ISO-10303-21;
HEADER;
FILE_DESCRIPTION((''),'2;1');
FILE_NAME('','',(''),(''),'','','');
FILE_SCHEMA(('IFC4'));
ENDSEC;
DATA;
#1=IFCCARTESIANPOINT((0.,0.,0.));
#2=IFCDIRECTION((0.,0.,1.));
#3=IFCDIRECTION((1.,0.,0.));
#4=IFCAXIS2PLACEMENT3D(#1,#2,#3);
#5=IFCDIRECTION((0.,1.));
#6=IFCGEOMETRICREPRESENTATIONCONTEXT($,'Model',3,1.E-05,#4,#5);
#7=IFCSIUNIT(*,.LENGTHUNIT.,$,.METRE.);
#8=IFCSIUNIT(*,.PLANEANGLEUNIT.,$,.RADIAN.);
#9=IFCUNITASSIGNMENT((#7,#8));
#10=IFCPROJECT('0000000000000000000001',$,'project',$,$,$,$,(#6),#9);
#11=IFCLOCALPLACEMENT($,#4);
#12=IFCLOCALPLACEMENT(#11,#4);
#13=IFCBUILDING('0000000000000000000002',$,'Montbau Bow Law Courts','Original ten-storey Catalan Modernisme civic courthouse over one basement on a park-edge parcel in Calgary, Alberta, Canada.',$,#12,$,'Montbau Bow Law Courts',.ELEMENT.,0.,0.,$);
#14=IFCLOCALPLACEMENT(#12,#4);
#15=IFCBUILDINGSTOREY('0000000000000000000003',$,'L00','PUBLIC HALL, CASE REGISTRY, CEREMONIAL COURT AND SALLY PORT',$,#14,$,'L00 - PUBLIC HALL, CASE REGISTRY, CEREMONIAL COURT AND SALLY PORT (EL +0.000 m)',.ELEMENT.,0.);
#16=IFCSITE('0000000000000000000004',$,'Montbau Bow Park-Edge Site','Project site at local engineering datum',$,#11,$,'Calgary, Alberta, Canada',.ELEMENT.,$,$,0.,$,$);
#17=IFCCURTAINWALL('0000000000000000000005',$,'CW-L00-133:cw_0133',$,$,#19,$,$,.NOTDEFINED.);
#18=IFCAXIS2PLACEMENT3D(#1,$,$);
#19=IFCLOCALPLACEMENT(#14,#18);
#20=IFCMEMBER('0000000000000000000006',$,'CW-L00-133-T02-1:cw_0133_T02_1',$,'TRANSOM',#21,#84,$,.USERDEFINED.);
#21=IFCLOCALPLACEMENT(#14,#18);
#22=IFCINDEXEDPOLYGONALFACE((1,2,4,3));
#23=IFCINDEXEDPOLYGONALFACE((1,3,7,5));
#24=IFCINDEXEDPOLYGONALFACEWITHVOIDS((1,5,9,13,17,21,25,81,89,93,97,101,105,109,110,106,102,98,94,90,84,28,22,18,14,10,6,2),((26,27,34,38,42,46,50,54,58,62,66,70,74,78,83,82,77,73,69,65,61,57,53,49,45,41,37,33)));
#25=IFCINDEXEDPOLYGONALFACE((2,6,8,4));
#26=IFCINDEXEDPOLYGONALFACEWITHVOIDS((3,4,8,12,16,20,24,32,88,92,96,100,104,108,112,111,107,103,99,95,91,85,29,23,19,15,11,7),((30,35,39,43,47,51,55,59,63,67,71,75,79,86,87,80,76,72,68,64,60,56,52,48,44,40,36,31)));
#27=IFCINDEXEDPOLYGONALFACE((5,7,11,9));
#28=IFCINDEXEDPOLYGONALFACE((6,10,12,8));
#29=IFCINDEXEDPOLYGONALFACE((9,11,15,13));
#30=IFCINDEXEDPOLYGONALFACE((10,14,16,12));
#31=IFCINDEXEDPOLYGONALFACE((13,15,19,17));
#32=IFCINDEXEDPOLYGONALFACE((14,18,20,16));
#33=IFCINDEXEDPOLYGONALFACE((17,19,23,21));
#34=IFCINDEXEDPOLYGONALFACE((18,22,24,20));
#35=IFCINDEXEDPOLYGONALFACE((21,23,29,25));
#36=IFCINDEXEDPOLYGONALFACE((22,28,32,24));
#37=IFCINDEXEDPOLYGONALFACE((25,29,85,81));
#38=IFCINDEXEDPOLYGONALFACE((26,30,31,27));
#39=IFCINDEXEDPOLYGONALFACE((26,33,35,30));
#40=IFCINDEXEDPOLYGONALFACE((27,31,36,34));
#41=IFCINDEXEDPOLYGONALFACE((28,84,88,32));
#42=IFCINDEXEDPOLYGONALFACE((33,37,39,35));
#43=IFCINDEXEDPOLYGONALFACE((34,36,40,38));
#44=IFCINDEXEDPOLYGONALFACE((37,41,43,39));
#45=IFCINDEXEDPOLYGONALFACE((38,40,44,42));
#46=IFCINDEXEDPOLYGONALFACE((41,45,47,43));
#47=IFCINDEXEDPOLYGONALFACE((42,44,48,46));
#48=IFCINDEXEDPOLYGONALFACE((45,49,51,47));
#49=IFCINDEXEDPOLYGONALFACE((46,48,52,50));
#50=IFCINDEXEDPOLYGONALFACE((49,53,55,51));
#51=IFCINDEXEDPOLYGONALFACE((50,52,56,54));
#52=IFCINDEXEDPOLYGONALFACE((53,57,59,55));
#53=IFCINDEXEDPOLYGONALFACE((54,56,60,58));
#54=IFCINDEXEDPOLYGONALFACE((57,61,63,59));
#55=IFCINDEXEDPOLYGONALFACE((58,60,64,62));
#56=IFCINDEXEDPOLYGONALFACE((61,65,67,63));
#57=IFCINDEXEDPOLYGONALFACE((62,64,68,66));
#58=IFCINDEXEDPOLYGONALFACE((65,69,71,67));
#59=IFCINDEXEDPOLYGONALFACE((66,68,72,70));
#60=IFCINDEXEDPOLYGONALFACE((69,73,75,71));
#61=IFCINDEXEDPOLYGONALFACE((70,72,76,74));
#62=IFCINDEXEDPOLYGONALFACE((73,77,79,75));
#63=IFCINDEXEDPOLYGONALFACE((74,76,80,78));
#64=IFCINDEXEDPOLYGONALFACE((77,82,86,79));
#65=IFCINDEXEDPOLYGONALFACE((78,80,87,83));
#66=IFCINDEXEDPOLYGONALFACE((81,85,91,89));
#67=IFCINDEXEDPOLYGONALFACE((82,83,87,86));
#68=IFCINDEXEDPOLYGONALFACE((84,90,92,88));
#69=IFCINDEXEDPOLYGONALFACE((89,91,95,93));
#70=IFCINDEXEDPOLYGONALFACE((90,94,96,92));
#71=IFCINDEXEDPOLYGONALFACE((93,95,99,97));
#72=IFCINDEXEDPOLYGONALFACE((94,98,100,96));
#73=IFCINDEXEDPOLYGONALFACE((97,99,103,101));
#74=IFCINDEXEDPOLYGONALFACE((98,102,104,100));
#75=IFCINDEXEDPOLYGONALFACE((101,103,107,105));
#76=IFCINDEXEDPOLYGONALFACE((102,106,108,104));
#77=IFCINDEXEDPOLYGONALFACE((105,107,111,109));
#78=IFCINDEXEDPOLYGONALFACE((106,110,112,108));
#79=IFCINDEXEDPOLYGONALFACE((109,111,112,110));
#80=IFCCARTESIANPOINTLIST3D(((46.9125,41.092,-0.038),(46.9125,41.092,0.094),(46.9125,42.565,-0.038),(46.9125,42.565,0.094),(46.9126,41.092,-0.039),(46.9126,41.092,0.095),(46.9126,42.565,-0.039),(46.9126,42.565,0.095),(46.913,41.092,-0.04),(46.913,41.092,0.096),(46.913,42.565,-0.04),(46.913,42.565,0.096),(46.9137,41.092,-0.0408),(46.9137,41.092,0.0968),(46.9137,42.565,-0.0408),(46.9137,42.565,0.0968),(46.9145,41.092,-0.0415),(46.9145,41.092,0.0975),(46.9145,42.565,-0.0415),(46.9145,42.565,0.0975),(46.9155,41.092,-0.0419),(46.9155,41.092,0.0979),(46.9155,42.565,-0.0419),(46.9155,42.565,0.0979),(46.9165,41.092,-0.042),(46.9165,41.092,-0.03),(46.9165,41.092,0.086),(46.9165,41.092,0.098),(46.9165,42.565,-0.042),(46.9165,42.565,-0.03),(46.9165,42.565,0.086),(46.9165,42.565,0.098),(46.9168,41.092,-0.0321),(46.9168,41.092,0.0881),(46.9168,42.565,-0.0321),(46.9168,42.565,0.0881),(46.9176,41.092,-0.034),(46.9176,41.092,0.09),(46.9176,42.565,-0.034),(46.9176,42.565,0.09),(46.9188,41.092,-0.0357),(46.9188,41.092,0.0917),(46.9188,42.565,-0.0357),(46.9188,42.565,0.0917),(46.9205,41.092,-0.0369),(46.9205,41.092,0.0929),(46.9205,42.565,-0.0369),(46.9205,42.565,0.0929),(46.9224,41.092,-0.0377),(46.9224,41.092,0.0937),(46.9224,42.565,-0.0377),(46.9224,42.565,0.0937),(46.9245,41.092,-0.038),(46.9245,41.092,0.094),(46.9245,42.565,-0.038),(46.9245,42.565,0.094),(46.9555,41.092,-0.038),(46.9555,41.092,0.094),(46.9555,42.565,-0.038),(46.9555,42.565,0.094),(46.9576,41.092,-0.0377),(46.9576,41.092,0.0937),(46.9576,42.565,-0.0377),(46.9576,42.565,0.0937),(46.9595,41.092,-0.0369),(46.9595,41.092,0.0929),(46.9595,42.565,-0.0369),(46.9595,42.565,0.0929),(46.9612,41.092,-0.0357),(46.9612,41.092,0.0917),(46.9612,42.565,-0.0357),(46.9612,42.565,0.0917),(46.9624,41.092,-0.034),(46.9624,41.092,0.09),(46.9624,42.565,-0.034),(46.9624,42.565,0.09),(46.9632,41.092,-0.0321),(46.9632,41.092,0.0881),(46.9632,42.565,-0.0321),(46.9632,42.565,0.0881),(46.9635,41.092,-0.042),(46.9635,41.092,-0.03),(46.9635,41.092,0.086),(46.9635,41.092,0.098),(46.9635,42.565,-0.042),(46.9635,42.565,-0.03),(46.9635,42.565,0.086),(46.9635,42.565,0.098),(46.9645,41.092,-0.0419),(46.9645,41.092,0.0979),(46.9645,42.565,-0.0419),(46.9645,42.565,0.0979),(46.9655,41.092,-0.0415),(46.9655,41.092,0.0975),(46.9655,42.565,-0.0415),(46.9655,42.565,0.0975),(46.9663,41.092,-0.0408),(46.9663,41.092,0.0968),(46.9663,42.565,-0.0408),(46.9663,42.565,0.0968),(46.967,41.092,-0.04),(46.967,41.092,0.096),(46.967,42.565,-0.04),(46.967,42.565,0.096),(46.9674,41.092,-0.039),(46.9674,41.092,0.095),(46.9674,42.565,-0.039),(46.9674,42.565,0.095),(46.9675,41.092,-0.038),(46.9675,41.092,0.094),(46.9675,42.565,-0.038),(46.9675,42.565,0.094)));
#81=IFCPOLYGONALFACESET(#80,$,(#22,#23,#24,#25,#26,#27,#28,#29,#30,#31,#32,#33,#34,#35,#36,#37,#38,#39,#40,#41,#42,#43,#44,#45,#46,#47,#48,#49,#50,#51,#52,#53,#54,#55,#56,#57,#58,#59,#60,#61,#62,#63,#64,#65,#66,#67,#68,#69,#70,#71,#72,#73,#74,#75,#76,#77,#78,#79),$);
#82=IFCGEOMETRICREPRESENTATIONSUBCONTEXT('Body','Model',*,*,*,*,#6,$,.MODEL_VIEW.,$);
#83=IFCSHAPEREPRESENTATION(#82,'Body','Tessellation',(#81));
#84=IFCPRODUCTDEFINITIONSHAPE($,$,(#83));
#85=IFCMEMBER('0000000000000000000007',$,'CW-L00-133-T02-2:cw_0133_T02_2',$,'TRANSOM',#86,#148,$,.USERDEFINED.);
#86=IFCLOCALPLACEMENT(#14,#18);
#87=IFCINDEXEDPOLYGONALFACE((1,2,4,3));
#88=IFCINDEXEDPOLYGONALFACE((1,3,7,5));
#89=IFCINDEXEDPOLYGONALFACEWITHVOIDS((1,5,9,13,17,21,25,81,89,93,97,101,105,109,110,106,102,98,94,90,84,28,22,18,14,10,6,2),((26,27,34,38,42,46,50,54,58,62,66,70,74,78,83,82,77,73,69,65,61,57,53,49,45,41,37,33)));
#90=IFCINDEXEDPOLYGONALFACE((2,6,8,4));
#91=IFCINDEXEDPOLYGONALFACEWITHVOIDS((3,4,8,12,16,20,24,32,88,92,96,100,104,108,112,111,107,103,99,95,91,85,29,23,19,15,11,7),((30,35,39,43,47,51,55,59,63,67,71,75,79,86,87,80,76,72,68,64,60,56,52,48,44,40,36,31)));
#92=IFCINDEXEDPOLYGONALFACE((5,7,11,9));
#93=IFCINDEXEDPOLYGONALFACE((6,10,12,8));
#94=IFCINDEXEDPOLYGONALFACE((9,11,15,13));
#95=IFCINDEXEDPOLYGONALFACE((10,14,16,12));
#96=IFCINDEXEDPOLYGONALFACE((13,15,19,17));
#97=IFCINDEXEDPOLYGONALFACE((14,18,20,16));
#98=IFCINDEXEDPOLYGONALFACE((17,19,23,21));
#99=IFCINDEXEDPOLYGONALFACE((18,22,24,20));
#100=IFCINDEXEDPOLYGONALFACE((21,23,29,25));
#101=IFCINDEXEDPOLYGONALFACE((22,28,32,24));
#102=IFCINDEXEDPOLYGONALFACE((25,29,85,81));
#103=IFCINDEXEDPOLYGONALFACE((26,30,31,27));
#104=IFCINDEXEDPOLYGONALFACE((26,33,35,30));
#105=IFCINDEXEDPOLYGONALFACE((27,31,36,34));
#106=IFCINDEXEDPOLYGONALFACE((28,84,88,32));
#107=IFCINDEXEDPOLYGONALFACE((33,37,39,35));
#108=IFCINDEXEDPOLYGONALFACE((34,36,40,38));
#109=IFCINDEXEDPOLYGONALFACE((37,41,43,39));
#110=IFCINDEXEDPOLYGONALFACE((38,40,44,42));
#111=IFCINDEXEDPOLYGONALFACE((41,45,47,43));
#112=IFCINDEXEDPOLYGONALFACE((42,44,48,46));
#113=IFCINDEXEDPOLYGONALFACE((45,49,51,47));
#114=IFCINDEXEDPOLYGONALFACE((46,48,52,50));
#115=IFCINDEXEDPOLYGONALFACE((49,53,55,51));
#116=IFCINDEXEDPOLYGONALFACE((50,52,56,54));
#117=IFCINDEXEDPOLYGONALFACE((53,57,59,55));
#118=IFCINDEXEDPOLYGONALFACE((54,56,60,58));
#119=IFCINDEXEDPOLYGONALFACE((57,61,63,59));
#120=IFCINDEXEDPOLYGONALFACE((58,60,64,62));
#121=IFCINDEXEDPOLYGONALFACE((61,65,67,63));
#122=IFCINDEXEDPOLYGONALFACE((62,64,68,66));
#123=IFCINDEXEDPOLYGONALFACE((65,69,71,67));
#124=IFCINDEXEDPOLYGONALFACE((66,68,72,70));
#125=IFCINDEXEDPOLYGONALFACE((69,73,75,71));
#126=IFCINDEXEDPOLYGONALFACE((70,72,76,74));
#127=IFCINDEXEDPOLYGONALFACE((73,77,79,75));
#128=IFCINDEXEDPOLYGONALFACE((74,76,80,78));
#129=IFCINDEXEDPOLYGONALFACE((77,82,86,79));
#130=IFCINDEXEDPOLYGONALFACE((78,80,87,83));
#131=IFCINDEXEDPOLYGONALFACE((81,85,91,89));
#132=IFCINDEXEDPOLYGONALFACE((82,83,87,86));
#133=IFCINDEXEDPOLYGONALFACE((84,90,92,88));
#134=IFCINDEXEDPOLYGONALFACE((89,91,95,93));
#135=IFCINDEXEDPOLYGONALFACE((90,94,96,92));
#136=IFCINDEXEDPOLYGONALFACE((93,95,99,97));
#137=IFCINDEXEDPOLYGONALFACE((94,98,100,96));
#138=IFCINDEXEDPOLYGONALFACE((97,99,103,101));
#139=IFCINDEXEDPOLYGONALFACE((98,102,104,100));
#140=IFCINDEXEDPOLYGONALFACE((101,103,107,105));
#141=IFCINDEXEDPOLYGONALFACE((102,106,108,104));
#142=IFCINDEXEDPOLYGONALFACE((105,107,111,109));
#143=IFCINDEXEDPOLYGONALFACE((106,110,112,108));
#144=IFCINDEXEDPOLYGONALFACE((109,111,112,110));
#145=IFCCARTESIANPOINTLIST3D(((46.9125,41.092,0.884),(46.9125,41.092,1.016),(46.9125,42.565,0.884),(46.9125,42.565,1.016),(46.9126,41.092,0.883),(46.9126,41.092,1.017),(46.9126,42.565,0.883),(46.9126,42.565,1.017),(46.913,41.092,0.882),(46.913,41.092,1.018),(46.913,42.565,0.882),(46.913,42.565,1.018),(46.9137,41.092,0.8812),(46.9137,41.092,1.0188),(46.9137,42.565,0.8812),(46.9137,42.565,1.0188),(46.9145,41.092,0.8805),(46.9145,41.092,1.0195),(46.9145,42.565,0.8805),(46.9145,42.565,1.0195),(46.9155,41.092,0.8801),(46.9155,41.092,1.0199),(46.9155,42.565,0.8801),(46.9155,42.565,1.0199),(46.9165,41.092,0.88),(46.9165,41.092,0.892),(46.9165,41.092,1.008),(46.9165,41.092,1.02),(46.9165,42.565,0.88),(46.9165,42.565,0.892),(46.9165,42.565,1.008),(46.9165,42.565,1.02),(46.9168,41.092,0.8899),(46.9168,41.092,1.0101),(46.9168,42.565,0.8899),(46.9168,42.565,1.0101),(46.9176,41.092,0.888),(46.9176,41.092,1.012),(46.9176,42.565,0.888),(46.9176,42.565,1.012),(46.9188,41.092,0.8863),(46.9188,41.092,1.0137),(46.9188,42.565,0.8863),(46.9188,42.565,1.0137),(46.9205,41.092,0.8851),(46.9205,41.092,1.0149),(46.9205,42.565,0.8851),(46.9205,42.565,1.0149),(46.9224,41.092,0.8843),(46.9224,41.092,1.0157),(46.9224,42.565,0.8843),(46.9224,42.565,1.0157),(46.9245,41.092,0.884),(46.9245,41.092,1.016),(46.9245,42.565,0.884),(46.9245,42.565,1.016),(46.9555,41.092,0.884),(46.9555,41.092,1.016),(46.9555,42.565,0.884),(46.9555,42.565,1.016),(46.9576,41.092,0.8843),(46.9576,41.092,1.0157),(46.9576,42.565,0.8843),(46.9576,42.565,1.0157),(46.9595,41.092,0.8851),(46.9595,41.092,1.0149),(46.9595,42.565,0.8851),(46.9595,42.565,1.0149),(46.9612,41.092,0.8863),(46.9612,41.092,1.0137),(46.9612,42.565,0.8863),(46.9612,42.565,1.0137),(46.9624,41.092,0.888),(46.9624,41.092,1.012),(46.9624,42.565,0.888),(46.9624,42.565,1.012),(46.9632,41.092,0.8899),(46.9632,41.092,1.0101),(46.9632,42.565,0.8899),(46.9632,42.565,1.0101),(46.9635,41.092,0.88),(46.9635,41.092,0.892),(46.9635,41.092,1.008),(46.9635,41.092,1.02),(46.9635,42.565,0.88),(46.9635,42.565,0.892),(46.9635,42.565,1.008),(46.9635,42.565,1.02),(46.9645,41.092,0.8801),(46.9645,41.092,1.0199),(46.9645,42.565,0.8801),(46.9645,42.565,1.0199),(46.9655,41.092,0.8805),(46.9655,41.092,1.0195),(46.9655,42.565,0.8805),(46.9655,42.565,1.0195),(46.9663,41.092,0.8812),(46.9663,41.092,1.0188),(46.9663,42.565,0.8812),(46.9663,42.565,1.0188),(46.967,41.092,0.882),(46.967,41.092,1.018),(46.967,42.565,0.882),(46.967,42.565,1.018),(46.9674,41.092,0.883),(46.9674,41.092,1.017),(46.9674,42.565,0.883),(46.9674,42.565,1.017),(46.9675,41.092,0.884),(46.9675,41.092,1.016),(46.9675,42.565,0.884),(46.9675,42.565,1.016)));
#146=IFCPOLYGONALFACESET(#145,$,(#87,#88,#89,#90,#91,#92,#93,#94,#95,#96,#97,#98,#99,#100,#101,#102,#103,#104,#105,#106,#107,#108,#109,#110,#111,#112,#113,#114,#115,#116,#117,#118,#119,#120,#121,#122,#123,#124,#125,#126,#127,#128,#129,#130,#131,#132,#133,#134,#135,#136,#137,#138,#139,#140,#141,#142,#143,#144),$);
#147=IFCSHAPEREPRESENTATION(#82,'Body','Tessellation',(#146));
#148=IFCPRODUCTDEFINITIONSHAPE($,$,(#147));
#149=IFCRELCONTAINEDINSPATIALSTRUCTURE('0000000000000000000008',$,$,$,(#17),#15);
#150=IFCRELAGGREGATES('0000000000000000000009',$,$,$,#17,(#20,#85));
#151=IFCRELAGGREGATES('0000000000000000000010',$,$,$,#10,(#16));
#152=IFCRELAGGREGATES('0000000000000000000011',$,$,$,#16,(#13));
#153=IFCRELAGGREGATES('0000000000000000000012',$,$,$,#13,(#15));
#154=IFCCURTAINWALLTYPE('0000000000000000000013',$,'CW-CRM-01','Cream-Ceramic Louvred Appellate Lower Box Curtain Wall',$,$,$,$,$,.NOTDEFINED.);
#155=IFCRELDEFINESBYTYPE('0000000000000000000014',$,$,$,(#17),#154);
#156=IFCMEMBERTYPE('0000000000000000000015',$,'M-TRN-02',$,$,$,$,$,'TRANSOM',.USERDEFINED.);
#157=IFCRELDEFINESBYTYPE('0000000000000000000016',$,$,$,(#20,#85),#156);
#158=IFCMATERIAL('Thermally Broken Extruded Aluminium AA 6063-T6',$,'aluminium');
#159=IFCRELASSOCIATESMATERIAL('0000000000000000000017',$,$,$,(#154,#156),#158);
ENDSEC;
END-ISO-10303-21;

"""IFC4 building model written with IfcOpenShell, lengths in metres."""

from ifc_helpers import new_model, si_unit, direction, frame, origin_with_axes, origin_2d_with_axis, place, context, subcontext, project, spatial, hollow_rectangle, extrude, material, material_profile, profile_set, type_object, element, aggregate, save


model = new_model("IFC4")

# Units and contexts
model_context = context("Model", 3, precision=1e-05, world=origin_with_axes(), true_north=direction((0.0, 1.0)))
body_context = subcontext(model_context, "Body", "Model", "MODEL_VIEW")
ifc_project = project(units=[si_unit("LENGTHUNIT", "METRE"), si_unit("PLANEANGLEUNIT", "RADIAN")], contexts=[model_context])

# Site, building, storey
site_placement = place(None, origin_with_axes())
site = spatial("IfcSite", under=ifc_project, at=site_placement, Name="Montbau Bow Park-Edge Site", Description="Project site at local engineering datum", LongName="Calgary, Alberta, Canada", CompositionType="ELEMENT", RefElevation=0.0)
building_placement = place(site_placement, origin_with_axes())
building = spatial("IfcBuilding", under=site, at=building_placement, Name="Montbau Bow Law Courts", Description="Original ten-storey Catalan Modernisme civic courthouse over one basement on a park-edge parcel in Calgary, Alberta, Canada.", LongName="Montbau Bow Law Courts", CompositionType="ELEMENT", ElevationOfRefHeight=0.0, ElevationOfTerrain=0.0)
storey_placement = place(building_placement, origin_with_axes())
storey = spatial("IfcBuildingStorey", under=building, at=storey_placement, Name="L00", Description="PUBLIC HALL, CASE REGISTRY, CEREMONIAL COURT AND SALLY PORT", LongName="L00 - PUBLIC HALL, CASE REGISTRY, CEREMONIAL COURT AND SALLY PORT (EL +0.000 m)", CompositionType="ELEMENT", Elevation=0.0)

# Curtain wall
ifc_material_1 = material(Name="Thermally Broken Extruded Aluminium AA 6063-T6", Category="aluminium")
curtain_wall_type_1 = type_object("IfcCurtainWallType", Name="CW-CRM-01", Description="Cream-Ceramic Louvred Appellate Lower Box Curtain Wall", PredefinedType="NOTDEFINED", material=ifc_material_1)
curtain_wall_1_placement = place(None, frame((46.94, 39.515, 0.0), z_axis=(0.0, 0.0, 1.0), x_axis=(1.0, 0.0, 0.0)))
curtain_wall_1 = element("IfcCurtainWall", 1, at=curtain_wall_1_placement, inside=storey, type_object=curtain_wall_type_1, Name="CW-L00-133:cw_0133", PredefinedType="NOTDEFINED")

# Members
ifc_material_profile_1 = material_profile(ifc_material_1, hollow_rectangle(XDim=0.055, YDim=0.14, WallThickness=0.004, InnerFilletRadius=0.008, OuterFilletRadius=0.004, at=origin_2d_with_axis()), Name="CWT-140X55", Category="Main", Priority=0)
ifc_profile_set_1 = profile_set([ifc_material_profile_1], Name="Thermally Broken Extruded Aluminium AA 6063-T6")
member_type_1 = type_object("IfcMemberType", Name="M-TRN-02", ElementType="TRANSOM", PredefinedType="USERDEFINED", material=ifc_profile_set_1)
member_1_placement = place(None, frame((46.94, 41.092, 0.028), z_axis=(0.0, 1.0, 0.0), x_axis=(-1.0, 0.0, 0.0)))
member_1 = element("IfcMember", 2, at=member_1_placement, type_object=member_type_1, Name="CW-L00-133-T02-1:cw_0133_T02_1", ObjectType="TRANSOM", PredefinedType="USERDEFINED", context=body_context, shape_type="SweptSolid", body=[
    extrude(hollow_rectangle(XDim=0.055, YDim=0.14, WallThickness=0.004, InnerFilletRadius=0.008, OuterFilletRadius=0.004, at=origin_2d_with_axis()), origin_with_axes(), (0.0, 0.0, 1.0), 1.473),
])
member_2_placement = place(None, frame((46.94, 41.092, 0.95), z_axis=(0.0, 1.0, 0.0), x_axis=(-1.0, 0.0, 0.0)))
member_2 = element("IfcMember", 3, at=member_2_placement, type_object=member_type_1, Name="CW-L00-133-T02-2:cw_0133_T02_2", ObjectType="TRANSOM", PredefinedType="USERDEFINED", context=body_context, shape_type="SweptSolid", body=[
    extrude(hollow_rectangle(XDim=0.055, YDim=0.14, WallThickness=0.004, InnerFilletRadius=0.008, OuterFilletRadius=0.004, at=origin_2d_with_axis()), origin_with_axes(), (0.0, 0.0, 1.0), 1.473),
])

aggregate(curtain_wall_1, [member_1, member_2])

save(model, "model.ifc")
